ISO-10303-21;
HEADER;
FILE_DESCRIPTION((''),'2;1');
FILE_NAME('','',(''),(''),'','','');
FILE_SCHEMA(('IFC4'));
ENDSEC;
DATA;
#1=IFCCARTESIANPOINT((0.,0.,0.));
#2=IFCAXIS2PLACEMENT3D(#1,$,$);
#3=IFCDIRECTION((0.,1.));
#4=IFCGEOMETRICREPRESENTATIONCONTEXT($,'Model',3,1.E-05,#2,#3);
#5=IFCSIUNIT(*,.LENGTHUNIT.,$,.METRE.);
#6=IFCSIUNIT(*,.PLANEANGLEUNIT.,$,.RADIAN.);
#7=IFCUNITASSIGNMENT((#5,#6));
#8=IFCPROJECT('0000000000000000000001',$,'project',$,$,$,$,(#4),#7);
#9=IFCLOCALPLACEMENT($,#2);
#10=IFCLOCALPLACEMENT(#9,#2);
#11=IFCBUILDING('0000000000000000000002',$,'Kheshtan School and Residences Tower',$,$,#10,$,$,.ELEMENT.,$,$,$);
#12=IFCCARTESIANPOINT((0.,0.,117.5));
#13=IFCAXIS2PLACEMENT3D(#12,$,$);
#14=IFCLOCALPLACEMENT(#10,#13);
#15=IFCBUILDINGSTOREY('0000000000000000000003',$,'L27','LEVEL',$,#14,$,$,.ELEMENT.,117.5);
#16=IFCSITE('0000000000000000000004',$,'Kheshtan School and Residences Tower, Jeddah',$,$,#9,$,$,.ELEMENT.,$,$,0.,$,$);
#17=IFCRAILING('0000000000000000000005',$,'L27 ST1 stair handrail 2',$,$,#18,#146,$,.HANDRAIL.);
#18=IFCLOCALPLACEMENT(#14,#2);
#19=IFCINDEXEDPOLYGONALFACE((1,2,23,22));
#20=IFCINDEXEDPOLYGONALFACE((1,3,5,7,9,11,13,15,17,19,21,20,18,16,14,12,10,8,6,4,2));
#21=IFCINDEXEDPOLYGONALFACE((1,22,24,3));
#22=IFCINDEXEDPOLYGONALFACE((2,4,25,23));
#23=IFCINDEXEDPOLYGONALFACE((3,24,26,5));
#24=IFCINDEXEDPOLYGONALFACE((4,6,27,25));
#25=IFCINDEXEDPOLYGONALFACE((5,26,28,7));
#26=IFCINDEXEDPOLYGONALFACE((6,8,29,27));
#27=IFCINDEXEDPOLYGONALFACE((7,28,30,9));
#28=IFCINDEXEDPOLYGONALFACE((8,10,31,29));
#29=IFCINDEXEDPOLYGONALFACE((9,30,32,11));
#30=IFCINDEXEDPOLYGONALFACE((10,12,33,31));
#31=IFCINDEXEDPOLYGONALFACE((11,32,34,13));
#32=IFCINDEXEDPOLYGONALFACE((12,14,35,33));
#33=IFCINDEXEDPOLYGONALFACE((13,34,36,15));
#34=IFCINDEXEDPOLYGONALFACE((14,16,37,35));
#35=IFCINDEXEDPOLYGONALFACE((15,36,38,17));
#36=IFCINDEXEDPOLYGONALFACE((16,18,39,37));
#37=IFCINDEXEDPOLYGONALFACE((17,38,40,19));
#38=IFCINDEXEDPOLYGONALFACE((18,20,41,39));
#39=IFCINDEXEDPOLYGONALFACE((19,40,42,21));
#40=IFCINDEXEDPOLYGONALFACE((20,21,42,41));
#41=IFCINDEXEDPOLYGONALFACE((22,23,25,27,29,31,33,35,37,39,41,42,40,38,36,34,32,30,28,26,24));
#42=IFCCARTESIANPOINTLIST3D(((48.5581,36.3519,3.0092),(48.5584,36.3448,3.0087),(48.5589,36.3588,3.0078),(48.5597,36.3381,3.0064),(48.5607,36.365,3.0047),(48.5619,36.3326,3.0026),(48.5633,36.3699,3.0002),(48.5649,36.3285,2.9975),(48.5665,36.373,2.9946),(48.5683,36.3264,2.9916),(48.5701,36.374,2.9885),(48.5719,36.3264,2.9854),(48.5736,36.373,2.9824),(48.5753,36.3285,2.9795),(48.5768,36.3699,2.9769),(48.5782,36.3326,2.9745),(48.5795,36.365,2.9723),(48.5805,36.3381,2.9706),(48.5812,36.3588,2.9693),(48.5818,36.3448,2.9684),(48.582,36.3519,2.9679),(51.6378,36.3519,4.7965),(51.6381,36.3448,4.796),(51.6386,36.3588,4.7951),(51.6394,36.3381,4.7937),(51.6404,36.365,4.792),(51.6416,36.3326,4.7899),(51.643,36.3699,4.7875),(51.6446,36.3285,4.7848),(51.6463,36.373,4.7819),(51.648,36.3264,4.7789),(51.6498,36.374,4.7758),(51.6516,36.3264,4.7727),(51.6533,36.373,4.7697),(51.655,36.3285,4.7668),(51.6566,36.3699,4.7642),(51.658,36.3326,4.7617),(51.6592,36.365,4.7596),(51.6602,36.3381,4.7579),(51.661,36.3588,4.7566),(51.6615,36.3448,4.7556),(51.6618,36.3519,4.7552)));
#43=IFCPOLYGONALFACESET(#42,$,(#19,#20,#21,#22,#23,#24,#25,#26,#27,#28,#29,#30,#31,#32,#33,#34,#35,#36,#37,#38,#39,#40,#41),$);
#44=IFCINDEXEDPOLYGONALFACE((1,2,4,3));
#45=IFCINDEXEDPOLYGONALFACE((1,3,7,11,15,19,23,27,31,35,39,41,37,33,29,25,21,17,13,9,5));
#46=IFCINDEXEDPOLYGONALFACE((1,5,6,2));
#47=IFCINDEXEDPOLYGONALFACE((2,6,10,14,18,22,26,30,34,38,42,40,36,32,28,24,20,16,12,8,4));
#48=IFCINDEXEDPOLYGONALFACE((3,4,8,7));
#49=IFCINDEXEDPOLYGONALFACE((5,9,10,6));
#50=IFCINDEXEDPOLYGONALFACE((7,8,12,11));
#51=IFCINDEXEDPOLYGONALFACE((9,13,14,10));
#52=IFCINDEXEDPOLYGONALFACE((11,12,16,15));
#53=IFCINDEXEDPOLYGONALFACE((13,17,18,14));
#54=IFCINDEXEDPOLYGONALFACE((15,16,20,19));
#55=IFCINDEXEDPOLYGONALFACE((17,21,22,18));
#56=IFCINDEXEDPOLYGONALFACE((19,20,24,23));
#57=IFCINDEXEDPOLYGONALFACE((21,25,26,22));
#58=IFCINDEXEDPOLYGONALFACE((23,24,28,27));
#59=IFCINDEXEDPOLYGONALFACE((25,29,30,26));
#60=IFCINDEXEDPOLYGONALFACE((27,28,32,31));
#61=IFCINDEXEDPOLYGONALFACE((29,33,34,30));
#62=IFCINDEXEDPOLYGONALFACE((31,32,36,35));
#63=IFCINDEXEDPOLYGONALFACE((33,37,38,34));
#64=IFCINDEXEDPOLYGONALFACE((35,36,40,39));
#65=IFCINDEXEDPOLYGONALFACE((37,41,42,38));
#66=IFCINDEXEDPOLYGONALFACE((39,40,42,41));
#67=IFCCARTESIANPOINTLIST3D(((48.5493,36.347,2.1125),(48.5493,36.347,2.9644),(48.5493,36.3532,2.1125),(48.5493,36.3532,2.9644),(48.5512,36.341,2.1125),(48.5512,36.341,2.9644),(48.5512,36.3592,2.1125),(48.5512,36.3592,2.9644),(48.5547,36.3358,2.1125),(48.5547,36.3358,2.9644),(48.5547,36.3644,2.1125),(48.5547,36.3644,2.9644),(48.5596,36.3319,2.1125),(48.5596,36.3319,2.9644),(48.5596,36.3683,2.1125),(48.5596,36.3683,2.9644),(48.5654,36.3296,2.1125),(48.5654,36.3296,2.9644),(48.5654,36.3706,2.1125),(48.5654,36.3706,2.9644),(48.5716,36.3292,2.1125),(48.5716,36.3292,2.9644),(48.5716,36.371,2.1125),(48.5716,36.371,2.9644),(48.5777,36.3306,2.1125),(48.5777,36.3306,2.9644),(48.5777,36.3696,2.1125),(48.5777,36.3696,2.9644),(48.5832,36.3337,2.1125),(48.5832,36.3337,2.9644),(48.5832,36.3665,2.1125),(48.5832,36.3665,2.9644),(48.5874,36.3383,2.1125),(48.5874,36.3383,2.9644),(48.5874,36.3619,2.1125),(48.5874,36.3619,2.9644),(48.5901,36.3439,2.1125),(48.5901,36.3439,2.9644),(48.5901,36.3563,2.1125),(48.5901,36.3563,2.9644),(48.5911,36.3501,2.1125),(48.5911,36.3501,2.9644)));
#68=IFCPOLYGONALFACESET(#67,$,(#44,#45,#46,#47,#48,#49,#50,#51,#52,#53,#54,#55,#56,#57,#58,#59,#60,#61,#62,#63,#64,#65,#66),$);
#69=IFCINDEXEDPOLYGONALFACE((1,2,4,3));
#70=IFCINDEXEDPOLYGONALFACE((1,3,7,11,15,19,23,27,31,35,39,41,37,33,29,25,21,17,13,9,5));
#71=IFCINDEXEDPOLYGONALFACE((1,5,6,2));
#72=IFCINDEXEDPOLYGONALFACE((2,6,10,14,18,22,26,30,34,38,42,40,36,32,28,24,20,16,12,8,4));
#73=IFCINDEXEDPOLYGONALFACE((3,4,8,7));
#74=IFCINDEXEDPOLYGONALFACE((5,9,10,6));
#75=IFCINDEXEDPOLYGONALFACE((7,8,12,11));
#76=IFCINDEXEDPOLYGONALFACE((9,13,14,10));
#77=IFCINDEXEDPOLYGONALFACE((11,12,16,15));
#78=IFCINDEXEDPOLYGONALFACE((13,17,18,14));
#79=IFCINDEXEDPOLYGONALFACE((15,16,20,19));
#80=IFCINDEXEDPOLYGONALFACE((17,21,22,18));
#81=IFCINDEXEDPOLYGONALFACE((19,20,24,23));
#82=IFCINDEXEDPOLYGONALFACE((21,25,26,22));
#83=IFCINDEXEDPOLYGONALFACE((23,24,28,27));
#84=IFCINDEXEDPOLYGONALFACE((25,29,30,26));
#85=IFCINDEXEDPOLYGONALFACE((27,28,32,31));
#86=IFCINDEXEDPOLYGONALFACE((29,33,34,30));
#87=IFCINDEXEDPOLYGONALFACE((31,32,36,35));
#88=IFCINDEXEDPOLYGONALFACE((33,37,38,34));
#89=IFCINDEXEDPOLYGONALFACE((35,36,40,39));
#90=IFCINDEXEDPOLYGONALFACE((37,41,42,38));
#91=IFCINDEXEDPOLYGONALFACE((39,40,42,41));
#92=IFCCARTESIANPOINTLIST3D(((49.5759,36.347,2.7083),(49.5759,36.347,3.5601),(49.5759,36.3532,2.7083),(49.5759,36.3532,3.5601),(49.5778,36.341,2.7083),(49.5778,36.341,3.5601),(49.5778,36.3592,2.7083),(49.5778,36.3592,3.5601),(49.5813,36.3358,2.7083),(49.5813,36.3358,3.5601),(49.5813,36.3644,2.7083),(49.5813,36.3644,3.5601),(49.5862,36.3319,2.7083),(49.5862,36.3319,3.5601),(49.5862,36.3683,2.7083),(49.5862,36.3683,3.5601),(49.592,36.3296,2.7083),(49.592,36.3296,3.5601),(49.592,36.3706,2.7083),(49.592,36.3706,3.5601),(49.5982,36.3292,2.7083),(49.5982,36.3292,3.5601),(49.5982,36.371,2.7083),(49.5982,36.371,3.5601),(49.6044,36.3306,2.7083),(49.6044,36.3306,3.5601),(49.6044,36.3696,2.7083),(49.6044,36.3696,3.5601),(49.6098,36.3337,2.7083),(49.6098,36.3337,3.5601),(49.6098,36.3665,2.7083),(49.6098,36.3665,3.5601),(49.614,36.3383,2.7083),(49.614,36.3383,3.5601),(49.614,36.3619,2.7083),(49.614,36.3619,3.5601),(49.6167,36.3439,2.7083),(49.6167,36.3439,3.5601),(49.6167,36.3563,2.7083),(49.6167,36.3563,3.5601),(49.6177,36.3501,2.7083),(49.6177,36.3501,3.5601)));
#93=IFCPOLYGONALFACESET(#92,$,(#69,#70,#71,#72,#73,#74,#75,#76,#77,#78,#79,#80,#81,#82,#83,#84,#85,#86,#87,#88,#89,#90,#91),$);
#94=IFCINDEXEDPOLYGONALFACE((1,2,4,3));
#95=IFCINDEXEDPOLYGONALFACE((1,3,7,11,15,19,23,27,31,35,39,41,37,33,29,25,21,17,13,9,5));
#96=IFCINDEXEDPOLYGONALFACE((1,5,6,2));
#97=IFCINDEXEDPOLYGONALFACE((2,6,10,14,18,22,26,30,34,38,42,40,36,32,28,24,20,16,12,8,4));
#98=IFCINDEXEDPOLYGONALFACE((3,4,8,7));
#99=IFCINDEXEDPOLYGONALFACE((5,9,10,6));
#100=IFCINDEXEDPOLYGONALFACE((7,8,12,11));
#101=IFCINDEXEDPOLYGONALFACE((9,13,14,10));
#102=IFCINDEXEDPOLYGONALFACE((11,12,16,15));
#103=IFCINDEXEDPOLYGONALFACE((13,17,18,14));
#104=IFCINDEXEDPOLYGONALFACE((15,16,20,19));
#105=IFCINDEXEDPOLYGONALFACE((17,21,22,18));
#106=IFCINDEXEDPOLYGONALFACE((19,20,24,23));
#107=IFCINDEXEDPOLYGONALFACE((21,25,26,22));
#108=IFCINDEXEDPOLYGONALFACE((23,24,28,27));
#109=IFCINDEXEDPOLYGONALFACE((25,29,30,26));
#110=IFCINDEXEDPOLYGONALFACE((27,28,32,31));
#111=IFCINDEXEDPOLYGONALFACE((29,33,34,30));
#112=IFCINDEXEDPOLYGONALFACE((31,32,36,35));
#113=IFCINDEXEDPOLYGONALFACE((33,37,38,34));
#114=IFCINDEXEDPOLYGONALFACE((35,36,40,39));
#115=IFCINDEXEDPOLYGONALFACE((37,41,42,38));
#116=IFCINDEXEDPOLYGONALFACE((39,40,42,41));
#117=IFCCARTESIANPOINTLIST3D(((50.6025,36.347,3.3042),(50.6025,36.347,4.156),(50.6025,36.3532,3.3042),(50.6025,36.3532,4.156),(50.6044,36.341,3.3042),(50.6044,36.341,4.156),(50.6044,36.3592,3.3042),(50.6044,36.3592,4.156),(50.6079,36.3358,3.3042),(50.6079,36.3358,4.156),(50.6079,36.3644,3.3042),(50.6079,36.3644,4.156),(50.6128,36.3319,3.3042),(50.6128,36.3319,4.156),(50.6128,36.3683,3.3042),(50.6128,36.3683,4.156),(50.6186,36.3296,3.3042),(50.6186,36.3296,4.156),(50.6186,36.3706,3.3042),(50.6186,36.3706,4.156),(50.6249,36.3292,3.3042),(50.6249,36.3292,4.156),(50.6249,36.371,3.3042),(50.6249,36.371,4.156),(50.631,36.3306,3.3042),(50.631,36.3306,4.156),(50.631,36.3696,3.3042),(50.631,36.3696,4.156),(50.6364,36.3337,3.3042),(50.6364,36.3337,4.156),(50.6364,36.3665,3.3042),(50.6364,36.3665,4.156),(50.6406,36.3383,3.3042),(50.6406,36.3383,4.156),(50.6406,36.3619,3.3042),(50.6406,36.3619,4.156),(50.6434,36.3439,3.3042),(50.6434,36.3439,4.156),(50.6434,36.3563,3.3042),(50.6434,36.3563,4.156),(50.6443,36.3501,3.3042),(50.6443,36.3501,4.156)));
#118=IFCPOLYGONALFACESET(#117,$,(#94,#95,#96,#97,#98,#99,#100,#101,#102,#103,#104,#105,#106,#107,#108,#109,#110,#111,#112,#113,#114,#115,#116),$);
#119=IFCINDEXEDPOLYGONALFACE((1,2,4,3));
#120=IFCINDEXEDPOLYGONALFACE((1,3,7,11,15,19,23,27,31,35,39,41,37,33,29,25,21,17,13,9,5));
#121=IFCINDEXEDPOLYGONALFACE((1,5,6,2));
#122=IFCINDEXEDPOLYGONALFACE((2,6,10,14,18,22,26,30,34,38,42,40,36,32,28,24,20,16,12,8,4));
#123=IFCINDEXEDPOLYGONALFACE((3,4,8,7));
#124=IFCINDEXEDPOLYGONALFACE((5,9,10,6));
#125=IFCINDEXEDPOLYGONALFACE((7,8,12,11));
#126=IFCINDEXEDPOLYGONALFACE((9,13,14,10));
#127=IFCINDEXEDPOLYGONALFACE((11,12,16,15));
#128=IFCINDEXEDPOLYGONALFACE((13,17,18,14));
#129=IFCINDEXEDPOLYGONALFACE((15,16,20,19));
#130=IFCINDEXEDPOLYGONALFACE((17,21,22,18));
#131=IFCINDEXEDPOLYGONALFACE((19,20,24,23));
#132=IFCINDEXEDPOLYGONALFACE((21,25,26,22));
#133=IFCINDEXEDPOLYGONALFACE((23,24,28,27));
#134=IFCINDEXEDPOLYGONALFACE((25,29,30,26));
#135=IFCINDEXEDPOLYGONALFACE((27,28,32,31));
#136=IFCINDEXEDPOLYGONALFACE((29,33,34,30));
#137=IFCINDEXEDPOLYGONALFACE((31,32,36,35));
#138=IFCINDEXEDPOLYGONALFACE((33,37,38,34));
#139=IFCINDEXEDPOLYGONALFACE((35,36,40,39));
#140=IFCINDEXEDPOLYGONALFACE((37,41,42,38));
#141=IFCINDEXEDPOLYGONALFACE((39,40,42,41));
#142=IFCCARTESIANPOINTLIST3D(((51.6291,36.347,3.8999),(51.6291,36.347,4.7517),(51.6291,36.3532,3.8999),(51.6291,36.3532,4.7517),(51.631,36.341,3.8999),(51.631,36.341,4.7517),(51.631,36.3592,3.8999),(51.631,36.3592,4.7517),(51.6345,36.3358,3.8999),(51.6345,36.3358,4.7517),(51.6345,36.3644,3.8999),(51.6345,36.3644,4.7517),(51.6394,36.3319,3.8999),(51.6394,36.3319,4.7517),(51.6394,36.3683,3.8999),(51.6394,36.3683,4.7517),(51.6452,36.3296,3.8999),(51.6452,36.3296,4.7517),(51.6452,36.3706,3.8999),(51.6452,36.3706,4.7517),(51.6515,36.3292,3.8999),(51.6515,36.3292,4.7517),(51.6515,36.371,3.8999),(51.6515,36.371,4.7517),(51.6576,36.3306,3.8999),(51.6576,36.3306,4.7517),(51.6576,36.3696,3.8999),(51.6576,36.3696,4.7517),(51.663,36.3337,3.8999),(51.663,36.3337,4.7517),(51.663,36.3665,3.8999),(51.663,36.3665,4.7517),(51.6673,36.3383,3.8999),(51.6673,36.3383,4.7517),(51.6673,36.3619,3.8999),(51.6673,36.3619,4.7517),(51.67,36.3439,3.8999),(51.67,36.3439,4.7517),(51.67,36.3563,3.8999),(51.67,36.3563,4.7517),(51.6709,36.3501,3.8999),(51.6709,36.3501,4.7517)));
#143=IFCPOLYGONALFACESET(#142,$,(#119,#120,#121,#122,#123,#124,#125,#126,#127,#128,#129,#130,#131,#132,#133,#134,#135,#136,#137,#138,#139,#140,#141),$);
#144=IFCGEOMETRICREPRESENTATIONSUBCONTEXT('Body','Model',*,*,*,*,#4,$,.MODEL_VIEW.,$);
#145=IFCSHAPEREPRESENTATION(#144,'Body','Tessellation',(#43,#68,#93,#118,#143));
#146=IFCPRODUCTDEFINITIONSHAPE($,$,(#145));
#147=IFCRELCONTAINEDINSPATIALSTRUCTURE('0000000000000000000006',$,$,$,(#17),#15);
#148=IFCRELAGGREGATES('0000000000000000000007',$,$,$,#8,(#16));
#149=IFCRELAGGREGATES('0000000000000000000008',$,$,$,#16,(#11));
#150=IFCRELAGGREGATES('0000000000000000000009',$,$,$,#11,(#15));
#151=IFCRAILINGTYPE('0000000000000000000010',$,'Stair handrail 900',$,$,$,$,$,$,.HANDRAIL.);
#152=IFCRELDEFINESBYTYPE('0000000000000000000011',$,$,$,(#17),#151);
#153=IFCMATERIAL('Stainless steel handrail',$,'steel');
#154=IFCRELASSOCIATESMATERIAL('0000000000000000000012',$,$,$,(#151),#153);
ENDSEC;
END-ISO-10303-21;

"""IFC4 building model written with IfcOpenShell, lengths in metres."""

from ifc_helpers import new_model, si_unit, direction, frame, origin, origin_2d, place, context, subcontext, project, spatial, circle, extrude, material, type_object, element, save


model = new_model("IFC4")

# Units and contexts
model_context = context("Model", 3, precision=1e-05, world=origin(), true_north=direction((0.0, 1.0)))
body_context = subcontext(model_context, "Body", "Model", "MODEL_VIEW")
ifc_project = project(units=[si_unit("LENGTHUNIT", "METRE"), si_unit("PLANEANGLEUNIT", "RADIAN")], contexts=[model_context])

# Site, building, storey
site_placement = place(None, origin())
site = spatial("IfcSite", under=ifc_project, at=site_placement, Name="Kheshtan School and Residences Tower, Jeddah", CompositionType="ELEMENT", RefElevation=0.0)
building_placement = place(site_placement, origin())
building = spatial("IfcBuilding", under=site, at=building_placement, Name="Kheshtan School and Residences Tower", CompositionType="ELEMENT")
storey_placement = place(building_placement, frame((0.0, 0.0, 117.5)))
storey = spatial("IfcBuildingStorey", under=building, at=storey_placement, Name="L27", Description="LEVEL", CompositionType="ELEMENT", Elevation=117.5)

# Railing
ifc_material_1 = material(Name="Stainless steel handrail", Category="steel")
railing_type_1 = type_object("IfcRailingType", Name="Stair handrail 900", PredefinedType="HANDRAIL", material=ifc_material_1)
railing_1_placement = place(storey_placement, frame((48.5701, 36.3501, 2.1125)))
element("IfcRailing", 1, at=railing_1_placement, inside=storey, type_object=railing_type_1, Name="L27 ST1 stair handrail 2", PredefinedType="HANDRAIL", context=body_context, shape_type="SweptSolid", body=[
    extrude(circle(Radius=0.0239, at=origin_2d()), frame((0.0, 0.0, 0.876), z_axis=(0.864903, 0.0, 0.501939), x_axis=(0.0, 1.0, 0.0)), (0.0, 0.0, 1.0), 3.5608),
    extrude(circle(Radius=0.021, at=origin_2d()), origin(), (0.0, 0.0, 1.0), 0.8518),
    extrude(circle(Radius=0.021, at=origin_2d()), frame((1.0266, 0.0, 0.5957)), (0.0, 0.0, 1.0), 0.8518),
    extrude(circle(Radius=0.021, at=origin_2d()), frame((2.0532, 0.0, 1.1917)), (0.0, 0.0, 1.0), 0.8518),
    extrude(circle(Radius=0.021, at=origin_2d()), frame((3.0798, 0.0, 1.7874)), (0.0, 0.0, 1.0), 0.8518),
])

save(model, "model.ifc")
